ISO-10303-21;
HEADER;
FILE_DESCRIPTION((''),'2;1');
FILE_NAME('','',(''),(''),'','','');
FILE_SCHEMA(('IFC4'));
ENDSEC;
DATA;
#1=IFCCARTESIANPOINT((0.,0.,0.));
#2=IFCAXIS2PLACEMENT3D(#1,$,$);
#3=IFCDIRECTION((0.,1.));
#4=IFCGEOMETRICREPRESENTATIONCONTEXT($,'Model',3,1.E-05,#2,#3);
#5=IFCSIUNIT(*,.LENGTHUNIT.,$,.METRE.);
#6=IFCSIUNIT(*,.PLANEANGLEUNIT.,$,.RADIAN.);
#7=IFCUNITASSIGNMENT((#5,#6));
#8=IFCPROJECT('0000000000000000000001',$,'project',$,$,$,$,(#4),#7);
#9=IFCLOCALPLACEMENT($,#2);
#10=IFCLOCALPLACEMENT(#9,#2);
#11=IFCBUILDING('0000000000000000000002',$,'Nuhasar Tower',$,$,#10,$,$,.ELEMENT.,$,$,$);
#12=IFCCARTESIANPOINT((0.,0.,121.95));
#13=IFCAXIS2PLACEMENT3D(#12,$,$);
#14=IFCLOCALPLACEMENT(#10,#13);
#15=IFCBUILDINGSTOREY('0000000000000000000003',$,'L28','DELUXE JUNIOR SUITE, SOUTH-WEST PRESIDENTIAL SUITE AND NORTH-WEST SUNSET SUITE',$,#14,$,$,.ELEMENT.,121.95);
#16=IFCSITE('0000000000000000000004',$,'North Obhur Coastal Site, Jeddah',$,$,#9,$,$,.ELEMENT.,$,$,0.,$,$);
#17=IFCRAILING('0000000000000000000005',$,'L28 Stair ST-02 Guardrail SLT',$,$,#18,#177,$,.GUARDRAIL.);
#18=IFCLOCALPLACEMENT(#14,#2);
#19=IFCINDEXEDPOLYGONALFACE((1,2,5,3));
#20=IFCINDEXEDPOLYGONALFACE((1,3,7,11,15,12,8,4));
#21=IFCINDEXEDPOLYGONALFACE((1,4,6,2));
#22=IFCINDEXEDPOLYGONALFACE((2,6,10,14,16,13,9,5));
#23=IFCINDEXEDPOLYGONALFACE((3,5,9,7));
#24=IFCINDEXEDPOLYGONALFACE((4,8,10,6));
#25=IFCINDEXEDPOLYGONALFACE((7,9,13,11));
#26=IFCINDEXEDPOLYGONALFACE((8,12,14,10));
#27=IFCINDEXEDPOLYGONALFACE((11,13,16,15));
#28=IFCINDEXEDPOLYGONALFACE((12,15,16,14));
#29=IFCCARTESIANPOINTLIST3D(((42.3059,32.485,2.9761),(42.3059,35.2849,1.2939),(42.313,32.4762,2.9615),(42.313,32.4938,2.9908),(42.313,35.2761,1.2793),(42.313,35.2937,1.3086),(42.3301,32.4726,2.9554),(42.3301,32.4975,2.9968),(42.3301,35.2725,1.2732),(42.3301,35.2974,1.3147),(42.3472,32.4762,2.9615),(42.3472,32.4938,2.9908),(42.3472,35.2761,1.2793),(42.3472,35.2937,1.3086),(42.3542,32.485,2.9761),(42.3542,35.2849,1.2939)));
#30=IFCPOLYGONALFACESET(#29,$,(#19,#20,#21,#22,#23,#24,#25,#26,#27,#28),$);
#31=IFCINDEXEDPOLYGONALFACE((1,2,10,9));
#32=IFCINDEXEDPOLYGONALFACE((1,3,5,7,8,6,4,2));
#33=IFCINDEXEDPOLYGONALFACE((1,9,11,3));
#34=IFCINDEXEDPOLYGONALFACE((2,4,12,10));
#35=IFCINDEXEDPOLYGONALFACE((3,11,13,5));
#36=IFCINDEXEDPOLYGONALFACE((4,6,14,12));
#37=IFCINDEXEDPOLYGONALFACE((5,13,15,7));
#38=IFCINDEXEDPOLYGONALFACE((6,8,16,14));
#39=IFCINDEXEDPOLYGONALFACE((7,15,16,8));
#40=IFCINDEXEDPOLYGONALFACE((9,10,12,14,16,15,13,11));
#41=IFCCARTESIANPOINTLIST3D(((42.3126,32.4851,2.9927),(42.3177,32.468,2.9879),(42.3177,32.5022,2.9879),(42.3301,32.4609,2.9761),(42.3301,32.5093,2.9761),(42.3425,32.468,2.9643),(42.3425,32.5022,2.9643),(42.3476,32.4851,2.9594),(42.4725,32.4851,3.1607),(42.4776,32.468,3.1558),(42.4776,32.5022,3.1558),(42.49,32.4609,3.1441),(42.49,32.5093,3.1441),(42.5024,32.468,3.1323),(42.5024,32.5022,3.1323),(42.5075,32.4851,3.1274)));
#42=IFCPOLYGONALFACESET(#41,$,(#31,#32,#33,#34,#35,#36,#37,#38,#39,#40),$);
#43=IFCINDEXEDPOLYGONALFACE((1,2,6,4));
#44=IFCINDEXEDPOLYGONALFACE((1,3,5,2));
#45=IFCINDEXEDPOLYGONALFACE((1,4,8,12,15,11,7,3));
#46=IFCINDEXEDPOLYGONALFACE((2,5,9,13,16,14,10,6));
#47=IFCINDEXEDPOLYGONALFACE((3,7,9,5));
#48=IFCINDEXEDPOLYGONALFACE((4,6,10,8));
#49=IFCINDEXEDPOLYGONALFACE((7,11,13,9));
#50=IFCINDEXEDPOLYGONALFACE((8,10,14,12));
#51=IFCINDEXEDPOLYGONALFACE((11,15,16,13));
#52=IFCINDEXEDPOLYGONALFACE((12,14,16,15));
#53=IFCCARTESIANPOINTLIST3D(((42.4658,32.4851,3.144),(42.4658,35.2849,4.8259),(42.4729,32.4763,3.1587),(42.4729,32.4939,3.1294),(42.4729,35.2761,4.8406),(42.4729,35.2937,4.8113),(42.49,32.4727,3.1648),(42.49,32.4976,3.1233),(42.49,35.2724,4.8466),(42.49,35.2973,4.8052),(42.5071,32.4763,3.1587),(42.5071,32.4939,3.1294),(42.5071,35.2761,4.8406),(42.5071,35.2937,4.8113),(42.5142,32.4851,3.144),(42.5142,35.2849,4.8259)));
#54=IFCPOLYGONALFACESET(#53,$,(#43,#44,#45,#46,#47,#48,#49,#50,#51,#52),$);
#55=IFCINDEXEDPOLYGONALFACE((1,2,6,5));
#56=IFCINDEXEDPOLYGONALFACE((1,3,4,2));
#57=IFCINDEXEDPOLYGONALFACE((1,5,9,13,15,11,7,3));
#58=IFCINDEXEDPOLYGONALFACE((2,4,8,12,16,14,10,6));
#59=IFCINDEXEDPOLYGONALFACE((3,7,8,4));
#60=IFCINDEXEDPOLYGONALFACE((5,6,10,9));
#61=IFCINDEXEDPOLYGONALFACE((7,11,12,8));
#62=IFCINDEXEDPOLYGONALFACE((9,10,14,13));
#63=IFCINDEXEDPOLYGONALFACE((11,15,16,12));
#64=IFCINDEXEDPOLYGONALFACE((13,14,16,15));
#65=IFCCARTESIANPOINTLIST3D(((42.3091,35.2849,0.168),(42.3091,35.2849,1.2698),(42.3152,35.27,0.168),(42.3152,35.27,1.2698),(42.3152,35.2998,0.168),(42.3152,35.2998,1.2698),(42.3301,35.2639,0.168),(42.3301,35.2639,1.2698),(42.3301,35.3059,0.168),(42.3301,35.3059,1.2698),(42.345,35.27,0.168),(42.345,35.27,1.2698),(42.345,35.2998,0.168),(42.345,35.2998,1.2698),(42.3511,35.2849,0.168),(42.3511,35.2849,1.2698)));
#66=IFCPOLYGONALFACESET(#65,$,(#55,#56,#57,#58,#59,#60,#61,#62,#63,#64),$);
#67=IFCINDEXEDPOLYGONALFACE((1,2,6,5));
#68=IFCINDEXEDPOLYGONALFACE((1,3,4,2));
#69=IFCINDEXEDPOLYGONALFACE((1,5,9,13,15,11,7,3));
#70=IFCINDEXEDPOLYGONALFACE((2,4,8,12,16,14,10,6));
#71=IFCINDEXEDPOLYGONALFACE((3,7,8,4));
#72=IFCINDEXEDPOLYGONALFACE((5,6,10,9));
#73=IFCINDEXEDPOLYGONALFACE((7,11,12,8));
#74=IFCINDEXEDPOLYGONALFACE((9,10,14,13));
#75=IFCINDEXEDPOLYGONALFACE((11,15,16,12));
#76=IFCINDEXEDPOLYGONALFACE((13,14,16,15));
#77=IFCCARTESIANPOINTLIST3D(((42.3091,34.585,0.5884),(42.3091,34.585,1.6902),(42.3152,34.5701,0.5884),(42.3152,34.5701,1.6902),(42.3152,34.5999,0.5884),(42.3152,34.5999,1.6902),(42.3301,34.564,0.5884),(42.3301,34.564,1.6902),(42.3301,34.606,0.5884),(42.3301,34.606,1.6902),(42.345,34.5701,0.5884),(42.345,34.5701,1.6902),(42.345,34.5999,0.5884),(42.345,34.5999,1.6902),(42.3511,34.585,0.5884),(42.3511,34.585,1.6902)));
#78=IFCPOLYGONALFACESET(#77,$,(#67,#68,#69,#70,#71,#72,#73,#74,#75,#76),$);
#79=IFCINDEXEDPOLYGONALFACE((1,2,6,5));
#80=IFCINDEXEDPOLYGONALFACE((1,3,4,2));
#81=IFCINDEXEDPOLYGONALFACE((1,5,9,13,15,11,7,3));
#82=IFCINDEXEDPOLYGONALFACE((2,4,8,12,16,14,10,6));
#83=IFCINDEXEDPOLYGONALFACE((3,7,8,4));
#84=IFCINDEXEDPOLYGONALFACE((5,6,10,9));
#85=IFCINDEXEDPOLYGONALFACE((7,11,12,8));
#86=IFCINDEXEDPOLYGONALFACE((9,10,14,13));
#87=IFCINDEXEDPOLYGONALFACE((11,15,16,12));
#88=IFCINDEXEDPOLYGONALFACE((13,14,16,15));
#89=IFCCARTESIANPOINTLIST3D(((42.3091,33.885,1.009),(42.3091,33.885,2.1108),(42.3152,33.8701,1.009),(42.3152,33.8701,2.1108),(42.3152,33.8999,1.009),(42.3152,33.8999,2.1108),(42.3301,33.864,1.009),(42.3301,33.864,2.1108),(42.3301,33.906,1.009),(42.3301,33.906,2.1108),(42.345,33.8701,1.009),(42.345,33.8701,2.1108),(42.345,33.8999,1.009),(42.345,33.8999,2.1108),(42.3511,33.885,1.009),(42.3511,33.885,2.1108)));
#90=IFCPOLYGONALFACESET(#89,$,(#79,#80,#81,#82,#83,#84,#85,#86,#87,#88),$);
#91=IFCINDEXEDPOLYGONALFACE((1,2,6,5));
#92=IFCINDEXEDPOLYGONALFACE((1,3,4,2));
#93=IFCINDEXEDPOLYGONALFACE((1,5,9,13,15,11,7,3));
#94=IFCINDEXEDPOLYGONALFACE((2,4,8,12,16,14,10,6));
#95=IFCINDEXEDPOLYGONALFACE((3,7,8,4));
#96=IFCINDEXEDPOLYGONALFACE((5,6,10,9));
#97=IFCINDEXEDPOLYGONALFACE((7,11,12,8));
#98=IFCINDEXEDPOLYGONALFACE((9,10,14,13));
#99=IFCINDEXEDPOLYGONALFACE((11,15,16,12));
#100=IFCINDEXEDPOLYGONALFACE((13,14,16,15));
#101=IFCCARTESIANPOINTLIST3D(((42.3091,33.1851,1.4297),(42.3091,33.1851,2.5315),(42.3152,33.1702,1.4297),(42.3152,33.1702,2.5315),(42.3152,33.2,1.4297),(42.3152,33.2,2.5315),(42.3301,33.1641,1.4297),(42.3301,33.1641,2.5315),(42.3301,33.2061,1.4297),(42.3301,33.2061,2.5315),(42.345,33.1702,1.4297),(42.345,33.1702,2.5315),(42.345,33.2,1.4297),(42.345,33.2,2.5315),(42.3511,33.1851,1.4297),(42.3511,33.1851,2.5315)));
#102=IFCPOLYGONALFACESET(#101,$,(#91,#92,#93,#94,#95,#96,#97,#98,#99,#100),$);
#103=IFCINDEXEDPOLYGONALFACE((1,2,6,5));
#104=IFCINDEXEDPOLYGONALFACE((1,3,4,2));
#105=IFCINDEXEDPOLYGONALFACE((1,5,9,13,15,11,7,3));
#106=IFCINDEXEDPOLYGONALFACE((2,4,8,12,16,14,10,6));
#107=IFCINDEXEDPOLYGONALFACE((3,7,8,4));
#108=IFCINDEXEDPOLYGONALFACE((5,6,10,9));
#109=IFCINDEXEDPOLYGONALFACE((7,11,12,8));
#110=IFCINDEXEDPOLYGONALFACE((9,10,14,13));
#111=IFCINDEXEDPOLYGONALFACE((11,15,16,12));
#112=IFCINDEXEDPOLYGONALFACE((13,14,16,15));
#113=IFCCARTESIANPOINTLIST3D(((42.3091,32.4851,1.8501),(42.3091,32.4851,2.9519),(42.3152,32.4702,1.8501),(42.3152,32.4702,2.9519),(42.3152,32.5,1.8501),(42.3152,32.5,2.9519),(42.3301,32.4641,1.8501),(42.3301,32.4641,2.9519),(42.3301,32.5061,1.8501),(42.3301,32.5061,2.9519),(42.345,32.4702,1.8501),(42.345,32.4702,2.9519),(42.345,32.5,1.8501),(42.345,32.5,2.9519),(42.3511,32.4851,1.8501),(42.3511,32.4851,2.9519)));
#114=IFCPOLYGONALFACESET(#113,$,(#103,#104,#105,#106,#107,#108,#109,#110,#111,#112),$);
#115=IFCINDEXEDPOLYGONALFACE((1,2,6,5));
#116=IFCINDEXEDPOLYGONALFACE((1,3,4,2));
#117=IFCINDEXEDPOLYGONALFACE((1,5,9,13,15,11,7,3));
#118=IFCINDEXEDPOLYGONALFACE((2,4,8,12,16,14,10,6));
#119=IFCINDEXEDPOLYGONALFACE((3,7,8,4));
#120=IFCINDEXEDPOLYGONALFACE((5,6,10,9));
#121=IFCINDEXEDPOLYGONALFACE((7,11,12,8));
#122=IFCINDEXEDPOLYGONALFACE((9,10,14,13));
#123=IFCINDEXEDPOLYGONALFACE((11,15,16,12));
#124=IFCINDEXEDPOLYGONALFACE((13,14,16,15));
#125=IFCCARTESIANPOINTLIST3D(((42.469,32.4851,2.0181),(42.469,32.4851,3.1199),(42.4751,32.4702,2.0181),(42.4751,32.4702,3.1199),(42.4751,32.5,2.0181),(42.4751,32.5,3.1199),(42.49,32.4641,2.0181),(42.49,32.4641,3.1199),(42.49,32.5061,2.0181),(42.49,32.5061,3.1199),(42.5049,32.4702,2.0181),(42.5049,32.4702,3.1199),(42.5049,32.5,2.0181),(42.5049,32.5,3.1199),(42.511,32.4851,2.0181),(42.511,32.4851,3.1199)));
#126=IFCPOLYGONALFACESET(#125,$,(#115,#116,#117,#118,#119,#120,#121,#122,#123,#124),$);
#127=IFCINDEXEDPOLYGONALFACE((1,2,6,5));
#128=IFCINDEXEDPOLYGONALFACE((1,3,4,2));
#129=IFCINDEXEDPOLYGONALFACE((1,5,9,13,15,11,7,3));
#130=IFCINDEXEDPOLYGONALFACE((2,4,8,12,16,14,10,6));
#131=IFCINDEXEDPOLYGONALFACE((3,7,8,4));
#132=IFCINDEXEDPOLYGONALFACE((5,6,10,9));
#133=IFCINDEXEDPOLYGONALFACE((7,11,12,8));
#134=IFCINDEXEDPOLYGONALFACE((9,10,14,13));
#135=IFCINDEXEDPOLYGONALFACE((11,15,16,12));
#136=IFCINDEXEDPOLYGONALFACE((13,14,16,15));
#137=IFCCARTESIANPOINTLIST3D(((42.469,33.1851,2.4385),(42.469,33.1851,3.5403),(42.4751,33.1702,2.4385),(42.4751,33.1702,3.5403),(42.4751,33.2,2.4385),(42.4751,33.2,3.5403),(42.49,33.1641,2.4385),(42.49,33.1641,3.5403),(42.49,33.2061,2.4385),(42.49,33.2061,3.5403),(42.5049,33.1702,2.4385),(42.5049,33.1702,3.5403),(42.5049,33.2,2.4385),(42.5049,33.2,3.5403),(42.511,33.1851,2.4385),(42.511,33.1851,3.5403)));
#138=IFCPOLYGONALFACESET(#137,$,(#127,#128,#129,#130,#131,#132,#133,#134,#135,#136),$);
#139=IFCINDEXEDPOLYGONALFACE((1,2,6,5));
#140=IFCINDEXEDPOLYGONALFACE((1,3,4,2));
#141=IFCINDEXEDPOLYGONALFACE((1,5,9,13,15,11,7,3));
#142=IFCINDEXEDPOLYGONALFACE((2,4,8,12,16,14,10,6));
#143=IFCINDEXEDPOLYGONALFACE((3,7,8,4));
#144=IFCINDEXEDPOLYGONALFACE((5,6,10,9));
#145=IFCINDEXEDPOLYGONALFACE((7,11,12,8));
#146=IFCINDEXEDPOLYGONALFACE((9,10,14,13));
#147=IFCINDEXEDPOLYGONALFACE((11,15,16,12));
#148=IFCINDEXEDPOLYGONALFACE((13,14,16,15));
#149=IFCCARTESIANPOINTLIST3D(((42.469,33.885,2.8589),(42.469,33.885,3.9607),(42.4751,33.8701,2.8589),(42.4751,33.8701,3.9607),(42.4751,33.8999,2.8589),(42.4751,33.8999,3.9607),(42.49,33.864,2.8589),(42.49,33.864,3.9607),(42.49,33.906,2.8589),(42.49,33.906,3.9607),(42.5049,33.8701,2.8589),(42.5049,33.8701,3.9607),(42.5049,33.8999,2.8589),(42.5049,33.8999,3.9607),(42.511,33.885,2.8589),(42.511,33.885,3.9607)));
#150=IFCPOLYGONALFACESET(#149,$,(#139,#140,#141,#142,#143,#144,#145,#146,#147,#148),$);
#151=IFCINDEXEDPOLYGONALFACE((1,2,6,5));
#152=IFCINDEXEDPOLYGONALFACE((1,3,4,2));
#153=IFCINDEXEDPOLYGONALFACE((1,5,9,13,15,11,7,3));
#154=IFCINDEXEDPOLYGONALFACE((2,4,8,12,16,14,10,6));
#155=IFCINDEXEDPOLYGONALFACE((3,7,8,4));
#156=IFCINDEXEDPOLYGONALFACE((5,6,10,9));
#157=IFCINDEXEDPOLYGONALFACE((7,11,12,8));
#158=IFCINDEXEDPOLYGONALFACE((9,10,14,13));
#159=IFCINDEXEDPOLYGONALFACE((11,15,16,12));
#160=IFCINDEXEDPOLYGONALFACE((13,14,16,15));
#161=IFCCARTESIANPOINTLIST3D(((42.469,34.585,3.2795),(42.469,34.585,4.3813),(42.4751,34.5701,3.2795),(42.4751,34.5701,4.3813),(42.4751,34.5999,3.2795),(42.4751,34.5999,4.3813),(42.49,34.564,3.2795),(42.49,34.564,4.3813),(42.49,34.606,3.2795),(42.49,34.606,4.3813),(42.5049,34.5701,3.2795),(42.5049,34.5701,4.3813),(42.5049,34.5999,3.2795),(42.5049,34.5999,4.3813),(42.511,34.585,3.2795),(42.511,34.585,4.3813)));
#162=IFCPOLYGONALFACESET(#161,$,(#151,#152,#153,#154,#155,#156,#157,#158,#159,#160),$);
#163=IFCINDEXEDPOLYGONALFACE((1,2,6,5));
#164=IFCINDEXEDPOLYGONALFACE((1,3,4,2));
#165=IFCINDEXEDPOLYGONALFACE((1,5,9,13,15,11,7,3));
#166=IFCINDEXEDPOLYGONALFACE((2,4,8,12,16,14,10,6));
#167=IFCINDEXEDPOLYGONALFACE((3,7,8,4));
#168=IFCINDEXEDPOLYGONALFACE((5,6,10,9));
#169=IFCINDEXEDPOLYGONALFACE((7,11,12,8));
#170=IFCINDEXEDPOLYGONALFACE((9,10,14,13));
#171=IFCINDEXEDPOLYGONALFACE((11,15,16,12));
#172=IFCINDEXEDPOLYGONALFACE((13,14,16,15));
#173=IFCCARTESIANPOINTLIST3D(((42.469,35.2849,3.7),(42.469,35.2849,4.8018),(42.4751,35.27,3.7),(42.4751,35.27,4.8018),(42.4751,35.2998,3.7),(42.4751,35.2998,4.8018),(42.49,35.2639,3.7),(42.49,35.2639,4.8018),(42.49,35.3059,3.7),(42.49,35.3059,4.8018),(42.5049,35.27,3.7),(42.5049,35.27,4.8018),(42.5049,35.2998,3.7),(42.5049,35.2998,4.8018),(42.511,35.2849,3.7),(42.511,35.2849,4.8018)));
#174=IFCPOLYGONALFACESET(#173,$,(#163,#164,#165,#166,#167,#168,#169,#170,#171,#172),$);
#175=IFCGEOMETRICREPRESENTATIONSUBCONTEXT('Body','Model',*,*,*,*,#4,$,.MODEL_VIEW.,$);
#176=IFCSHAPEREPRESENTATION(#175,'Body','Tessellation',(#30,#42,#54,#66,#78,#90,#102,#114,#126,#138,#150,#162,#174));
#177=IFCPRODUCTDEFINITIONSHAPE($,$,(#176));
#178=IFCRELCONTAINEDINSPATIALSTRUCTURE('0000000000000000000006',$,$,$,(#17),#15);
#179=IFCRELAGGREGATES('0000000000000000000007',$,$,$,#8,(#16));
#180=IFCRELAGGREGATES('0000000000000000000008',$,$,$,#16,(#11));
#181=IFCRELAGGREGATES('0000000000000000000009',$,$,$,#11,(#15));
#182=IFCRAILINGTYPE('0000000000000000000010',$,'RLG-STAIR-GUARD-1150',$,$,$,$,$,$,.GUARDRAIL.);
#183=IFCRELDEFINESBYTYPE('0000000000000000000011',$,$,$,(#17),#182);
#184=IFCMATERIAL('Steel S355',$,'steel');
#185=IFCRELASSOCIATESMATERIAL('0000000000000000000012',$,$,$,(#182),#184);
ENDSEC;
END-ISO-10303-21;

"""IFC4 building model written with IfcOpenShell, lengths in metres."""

from ifc_helpers import new_model, si_unit, direction, frame, origin, place, context, subcontext, project, spatial, polyline, outline, extrude, material, type_object, element, save


model = new_model("IFC4")

# Units and contexts
model_context = context("Model", 3, precision=1e-05, world=origin(), true_north=direction((0.0, 1.0)))
body_context = subcontext(model_context, "Body", "Model", "MODEL_VIEW")
ifc_project = project(units=[si_unit("LENGTHUNIT", "METRE"), si_unit("PLANEANGLEUNIT", "RADIAN")], contexts=[model_context])

# Site, building, storey
site_placement = place(None, origin())
site = spatial("IfcSite", under=ifc_project, at=site_placement, Name="North Obhur Coastal Site, Jeddah", CompositionType="ELEMENT", RefElevation=0.0)
building_placement = place(site_placement, origin())
building = spatial("IfcBuilding", under=site, at=building_placement, Name="Nuhasar Tower", CompositionType="ELEMENT")
storey_placement = place(building_placement, frame((0.0, 0.0, 121.95)))
storey = spatial("IfcBuildingStorey", under=building, at=storey_placement, Name="L28", Description="DELUXE JUNIOR SUITE, SOUTH-WEST PRESIDENTIAL SUITE AND NORTH-WEST SUNSET SUITE", CompositionType="ELEMENT", Elevation=121.95)

# Shared definitions
ifc_material_1 = material(Name="Steel S355", Category="steel")

# Railing
railing_type_1 = type_object("IfcRailingType", Name="RLG-STAIR-GUARD-1150", PredefinedType="GUARDRAIL", material=ifc_material_1)
railing_1_placement = place(storey_placement, frame((42.3301, 35.2849, 0.168)))
element("IfcRailing", 1, at=railing_1_placement, inside=storey, type_object=railing_type_1, Name="L28 Stair ST-02 Guardrail SLT", PredefinedType="GUARDRAIL", context=body_context, shape_type="SweptSolid", body=[
    extrude(outline(polyline([(0.0242, 0.0), (0.0171, 0.0171), (0.0, 0.0242), (-0.0171, 0.0171), (-0.0242, 0.0), (-0.0171, -0.0171), (0.0, -0.0242), (0.0171, -0.0171), (0.0242, 0.0)])), frame((0.0, 0.0, 1.126), z_axis=(0.0, -0.857189, 0.515001), x_axis=(1.0, 0.0, 0.0)), (0.0, 0.0, 1.0), 3.2664),
    extrude(outline(polyline([(0.0242, 0.0), (0.0171, 0.0171), (0.0, 0.0242), (-0.0171, 0.0171), (-0.0242, 0.0), (-0.0171, -0.0171), (0.0, -0.0242), (0.0171, -0.0171), (0.0242, 0.0)])), frame((0.0, -2.7998, 2.8081), z_axis=(0.689524, 0.0, 0.724263), x_axis=(0.0, 1.0, 0.0)), (0.0, 0.0, 1.0), 0.2319),
    extrude(outline(polyline([(0.0242, 0.0), (0.0171, 0.0171), (0.0, 0.0242), (-0.0171, 0.0171), (-0.0242, 0.0), (-0.0171, -0.0171), (0.0, -0.0242), (0.0171, -0.0171), (0.0242, 0.0)])), frame((0.1599, -2.7998, 2.9761), z_axis=(0.0, 0.857222, 0.514946), x_axis=(-1.0, 0.0, 0.0)), (0.0, 0.0, 1.0), 3.2661),
    extrude(outline(polyline([(0.021, 0.0), (0.0149, 0.0149), (0.0, 0.021), (-0.0149, 0.0149), (-0.021, 0.0), (-0.0149, -0.0149), (0.0, -0.021), (0.0149, -0.0149), (0.021, 0.0)])), origin(), (0.0, 0.0, 1.0), 1.1018),
    extrude(outline(polyline([(0.021, 0.0), (0.0149, 0.0149), (0.0, 0.021), (-0.0149, 0.0149), (-0.021, 0.0), (-0.0149, -0.0149), (0.0, -0.021), (0.0149, -0.0149), (0.021, 0.0)])), frame((0.0, -0.7, 0.4204)), (0.0, 0.0, 1.0), 1.1018),
    extrude(outline(polyline([(0.021, 0.0), (0.0149, 0.0149), (0.0, 0.021), (-0.0149, 0.0149), (-0.021, 0.0), (-0.0149, -0.0149), (0.0, -0.021), (0.0149, -0.0149), (0.021, 0.0)])), frame((0.0, -1.3999, 0.8411)), (0.0, 0.0, 1.0), 1.1018),
    extrude(outline(polyline([(0.021, 0.0), (0.0149, 0.0149), (0.0, 0.021), (-0.0149, 0.0149), (-0.021, 0.0), (-0.0149, -0.0149), (0.0, -0.021), (0.0149, -0.0149), (0.021, 0.0)])), frame((0.0, -2.0999, 1.2617)), (0.0, 0.0, 1.0), 1.1018),
    extrude(outline(polyline([(0.021, 0.0), (0.0149, 0.0149), (0.0, 0.021), (-0.0149, 0.0149), (-0.021, 0.0), (-0.0149, -0.0149), (0.0, -0.021), (0.0149, -0.0149), (0.021, 0.0)])), frame((0.0, -2.7998, 1.6821)), (0.0, 0.0, 1.0), 1.1018),
    extrude(outline(polyline([(0.021, 0.0), (0.0149, 0.0149), (0.0, 0.021), (-0.0149, 0.0149), (-0.021, 0.0), (-0.0149, -0.0149), (0.0, -0.021), (0.0149, -0.0149), (0.021, 0.0)])), frame((0.1599, -2.7998, 1.8501)), (0.0, 0.0, 1.0), 1.1018),
    extrude(outline(polyline([(0.021, 0.0), (0.0149, 0.0149), (0.0, 0.021), (-0.0149, 0.0149), (-0.021, 0.0), (-0.0149, -0.0149), (0.0, -0.021), (0.0149, -0.0149), (0.021, 0.0)])), frame((0.1599, -2.0999, 2.2705)), (0.0, 0.0, 1.0), 1.1018),
    extrude(outline(polyline([(0.021, 0.0), (0.0149, 0.0149), (0.0, 0.021), (-0.0149, 0.0149), (-0.021, 0.0), (-0.0149, -0.0149), (0.0, -0.021), (0.0149, -0.0149), (0.021, 0.0)])), frame((0.1599, -1.3999, 2.6909)), (0.0, 0.0, 1.0), 1.1018),
    extrude(outline(polyline([(0.021, 0.0), (0.0149, 0.0149), (0.0, 0.021), (-0.0149, 0.0149), (-0.021, 0.0), (-0.0149, -0.0149), (0.0, -0.021), (0.0149, -0.0149), (0.021, 0.0)])), frame((0.1599, -0.7, 3.1116)), (0.0, 0.0, 1.0), 1.1018),
    extrude(outline(polyline([(0.021, 0.0), (0.0149, 0.0149), (0.0, 0.021), (-0.0149, 0.0149), (-0.021, 0.0), (-0.0149, -0.0149), (0.0, -0.021), (0.0149, -0.0149), (0.021, 0.0)])), frame((0.1599, 0.0, 3.532)), (0.0, 0.0, 1.0), 1.1018),
])

save(model, "model.ifc")
